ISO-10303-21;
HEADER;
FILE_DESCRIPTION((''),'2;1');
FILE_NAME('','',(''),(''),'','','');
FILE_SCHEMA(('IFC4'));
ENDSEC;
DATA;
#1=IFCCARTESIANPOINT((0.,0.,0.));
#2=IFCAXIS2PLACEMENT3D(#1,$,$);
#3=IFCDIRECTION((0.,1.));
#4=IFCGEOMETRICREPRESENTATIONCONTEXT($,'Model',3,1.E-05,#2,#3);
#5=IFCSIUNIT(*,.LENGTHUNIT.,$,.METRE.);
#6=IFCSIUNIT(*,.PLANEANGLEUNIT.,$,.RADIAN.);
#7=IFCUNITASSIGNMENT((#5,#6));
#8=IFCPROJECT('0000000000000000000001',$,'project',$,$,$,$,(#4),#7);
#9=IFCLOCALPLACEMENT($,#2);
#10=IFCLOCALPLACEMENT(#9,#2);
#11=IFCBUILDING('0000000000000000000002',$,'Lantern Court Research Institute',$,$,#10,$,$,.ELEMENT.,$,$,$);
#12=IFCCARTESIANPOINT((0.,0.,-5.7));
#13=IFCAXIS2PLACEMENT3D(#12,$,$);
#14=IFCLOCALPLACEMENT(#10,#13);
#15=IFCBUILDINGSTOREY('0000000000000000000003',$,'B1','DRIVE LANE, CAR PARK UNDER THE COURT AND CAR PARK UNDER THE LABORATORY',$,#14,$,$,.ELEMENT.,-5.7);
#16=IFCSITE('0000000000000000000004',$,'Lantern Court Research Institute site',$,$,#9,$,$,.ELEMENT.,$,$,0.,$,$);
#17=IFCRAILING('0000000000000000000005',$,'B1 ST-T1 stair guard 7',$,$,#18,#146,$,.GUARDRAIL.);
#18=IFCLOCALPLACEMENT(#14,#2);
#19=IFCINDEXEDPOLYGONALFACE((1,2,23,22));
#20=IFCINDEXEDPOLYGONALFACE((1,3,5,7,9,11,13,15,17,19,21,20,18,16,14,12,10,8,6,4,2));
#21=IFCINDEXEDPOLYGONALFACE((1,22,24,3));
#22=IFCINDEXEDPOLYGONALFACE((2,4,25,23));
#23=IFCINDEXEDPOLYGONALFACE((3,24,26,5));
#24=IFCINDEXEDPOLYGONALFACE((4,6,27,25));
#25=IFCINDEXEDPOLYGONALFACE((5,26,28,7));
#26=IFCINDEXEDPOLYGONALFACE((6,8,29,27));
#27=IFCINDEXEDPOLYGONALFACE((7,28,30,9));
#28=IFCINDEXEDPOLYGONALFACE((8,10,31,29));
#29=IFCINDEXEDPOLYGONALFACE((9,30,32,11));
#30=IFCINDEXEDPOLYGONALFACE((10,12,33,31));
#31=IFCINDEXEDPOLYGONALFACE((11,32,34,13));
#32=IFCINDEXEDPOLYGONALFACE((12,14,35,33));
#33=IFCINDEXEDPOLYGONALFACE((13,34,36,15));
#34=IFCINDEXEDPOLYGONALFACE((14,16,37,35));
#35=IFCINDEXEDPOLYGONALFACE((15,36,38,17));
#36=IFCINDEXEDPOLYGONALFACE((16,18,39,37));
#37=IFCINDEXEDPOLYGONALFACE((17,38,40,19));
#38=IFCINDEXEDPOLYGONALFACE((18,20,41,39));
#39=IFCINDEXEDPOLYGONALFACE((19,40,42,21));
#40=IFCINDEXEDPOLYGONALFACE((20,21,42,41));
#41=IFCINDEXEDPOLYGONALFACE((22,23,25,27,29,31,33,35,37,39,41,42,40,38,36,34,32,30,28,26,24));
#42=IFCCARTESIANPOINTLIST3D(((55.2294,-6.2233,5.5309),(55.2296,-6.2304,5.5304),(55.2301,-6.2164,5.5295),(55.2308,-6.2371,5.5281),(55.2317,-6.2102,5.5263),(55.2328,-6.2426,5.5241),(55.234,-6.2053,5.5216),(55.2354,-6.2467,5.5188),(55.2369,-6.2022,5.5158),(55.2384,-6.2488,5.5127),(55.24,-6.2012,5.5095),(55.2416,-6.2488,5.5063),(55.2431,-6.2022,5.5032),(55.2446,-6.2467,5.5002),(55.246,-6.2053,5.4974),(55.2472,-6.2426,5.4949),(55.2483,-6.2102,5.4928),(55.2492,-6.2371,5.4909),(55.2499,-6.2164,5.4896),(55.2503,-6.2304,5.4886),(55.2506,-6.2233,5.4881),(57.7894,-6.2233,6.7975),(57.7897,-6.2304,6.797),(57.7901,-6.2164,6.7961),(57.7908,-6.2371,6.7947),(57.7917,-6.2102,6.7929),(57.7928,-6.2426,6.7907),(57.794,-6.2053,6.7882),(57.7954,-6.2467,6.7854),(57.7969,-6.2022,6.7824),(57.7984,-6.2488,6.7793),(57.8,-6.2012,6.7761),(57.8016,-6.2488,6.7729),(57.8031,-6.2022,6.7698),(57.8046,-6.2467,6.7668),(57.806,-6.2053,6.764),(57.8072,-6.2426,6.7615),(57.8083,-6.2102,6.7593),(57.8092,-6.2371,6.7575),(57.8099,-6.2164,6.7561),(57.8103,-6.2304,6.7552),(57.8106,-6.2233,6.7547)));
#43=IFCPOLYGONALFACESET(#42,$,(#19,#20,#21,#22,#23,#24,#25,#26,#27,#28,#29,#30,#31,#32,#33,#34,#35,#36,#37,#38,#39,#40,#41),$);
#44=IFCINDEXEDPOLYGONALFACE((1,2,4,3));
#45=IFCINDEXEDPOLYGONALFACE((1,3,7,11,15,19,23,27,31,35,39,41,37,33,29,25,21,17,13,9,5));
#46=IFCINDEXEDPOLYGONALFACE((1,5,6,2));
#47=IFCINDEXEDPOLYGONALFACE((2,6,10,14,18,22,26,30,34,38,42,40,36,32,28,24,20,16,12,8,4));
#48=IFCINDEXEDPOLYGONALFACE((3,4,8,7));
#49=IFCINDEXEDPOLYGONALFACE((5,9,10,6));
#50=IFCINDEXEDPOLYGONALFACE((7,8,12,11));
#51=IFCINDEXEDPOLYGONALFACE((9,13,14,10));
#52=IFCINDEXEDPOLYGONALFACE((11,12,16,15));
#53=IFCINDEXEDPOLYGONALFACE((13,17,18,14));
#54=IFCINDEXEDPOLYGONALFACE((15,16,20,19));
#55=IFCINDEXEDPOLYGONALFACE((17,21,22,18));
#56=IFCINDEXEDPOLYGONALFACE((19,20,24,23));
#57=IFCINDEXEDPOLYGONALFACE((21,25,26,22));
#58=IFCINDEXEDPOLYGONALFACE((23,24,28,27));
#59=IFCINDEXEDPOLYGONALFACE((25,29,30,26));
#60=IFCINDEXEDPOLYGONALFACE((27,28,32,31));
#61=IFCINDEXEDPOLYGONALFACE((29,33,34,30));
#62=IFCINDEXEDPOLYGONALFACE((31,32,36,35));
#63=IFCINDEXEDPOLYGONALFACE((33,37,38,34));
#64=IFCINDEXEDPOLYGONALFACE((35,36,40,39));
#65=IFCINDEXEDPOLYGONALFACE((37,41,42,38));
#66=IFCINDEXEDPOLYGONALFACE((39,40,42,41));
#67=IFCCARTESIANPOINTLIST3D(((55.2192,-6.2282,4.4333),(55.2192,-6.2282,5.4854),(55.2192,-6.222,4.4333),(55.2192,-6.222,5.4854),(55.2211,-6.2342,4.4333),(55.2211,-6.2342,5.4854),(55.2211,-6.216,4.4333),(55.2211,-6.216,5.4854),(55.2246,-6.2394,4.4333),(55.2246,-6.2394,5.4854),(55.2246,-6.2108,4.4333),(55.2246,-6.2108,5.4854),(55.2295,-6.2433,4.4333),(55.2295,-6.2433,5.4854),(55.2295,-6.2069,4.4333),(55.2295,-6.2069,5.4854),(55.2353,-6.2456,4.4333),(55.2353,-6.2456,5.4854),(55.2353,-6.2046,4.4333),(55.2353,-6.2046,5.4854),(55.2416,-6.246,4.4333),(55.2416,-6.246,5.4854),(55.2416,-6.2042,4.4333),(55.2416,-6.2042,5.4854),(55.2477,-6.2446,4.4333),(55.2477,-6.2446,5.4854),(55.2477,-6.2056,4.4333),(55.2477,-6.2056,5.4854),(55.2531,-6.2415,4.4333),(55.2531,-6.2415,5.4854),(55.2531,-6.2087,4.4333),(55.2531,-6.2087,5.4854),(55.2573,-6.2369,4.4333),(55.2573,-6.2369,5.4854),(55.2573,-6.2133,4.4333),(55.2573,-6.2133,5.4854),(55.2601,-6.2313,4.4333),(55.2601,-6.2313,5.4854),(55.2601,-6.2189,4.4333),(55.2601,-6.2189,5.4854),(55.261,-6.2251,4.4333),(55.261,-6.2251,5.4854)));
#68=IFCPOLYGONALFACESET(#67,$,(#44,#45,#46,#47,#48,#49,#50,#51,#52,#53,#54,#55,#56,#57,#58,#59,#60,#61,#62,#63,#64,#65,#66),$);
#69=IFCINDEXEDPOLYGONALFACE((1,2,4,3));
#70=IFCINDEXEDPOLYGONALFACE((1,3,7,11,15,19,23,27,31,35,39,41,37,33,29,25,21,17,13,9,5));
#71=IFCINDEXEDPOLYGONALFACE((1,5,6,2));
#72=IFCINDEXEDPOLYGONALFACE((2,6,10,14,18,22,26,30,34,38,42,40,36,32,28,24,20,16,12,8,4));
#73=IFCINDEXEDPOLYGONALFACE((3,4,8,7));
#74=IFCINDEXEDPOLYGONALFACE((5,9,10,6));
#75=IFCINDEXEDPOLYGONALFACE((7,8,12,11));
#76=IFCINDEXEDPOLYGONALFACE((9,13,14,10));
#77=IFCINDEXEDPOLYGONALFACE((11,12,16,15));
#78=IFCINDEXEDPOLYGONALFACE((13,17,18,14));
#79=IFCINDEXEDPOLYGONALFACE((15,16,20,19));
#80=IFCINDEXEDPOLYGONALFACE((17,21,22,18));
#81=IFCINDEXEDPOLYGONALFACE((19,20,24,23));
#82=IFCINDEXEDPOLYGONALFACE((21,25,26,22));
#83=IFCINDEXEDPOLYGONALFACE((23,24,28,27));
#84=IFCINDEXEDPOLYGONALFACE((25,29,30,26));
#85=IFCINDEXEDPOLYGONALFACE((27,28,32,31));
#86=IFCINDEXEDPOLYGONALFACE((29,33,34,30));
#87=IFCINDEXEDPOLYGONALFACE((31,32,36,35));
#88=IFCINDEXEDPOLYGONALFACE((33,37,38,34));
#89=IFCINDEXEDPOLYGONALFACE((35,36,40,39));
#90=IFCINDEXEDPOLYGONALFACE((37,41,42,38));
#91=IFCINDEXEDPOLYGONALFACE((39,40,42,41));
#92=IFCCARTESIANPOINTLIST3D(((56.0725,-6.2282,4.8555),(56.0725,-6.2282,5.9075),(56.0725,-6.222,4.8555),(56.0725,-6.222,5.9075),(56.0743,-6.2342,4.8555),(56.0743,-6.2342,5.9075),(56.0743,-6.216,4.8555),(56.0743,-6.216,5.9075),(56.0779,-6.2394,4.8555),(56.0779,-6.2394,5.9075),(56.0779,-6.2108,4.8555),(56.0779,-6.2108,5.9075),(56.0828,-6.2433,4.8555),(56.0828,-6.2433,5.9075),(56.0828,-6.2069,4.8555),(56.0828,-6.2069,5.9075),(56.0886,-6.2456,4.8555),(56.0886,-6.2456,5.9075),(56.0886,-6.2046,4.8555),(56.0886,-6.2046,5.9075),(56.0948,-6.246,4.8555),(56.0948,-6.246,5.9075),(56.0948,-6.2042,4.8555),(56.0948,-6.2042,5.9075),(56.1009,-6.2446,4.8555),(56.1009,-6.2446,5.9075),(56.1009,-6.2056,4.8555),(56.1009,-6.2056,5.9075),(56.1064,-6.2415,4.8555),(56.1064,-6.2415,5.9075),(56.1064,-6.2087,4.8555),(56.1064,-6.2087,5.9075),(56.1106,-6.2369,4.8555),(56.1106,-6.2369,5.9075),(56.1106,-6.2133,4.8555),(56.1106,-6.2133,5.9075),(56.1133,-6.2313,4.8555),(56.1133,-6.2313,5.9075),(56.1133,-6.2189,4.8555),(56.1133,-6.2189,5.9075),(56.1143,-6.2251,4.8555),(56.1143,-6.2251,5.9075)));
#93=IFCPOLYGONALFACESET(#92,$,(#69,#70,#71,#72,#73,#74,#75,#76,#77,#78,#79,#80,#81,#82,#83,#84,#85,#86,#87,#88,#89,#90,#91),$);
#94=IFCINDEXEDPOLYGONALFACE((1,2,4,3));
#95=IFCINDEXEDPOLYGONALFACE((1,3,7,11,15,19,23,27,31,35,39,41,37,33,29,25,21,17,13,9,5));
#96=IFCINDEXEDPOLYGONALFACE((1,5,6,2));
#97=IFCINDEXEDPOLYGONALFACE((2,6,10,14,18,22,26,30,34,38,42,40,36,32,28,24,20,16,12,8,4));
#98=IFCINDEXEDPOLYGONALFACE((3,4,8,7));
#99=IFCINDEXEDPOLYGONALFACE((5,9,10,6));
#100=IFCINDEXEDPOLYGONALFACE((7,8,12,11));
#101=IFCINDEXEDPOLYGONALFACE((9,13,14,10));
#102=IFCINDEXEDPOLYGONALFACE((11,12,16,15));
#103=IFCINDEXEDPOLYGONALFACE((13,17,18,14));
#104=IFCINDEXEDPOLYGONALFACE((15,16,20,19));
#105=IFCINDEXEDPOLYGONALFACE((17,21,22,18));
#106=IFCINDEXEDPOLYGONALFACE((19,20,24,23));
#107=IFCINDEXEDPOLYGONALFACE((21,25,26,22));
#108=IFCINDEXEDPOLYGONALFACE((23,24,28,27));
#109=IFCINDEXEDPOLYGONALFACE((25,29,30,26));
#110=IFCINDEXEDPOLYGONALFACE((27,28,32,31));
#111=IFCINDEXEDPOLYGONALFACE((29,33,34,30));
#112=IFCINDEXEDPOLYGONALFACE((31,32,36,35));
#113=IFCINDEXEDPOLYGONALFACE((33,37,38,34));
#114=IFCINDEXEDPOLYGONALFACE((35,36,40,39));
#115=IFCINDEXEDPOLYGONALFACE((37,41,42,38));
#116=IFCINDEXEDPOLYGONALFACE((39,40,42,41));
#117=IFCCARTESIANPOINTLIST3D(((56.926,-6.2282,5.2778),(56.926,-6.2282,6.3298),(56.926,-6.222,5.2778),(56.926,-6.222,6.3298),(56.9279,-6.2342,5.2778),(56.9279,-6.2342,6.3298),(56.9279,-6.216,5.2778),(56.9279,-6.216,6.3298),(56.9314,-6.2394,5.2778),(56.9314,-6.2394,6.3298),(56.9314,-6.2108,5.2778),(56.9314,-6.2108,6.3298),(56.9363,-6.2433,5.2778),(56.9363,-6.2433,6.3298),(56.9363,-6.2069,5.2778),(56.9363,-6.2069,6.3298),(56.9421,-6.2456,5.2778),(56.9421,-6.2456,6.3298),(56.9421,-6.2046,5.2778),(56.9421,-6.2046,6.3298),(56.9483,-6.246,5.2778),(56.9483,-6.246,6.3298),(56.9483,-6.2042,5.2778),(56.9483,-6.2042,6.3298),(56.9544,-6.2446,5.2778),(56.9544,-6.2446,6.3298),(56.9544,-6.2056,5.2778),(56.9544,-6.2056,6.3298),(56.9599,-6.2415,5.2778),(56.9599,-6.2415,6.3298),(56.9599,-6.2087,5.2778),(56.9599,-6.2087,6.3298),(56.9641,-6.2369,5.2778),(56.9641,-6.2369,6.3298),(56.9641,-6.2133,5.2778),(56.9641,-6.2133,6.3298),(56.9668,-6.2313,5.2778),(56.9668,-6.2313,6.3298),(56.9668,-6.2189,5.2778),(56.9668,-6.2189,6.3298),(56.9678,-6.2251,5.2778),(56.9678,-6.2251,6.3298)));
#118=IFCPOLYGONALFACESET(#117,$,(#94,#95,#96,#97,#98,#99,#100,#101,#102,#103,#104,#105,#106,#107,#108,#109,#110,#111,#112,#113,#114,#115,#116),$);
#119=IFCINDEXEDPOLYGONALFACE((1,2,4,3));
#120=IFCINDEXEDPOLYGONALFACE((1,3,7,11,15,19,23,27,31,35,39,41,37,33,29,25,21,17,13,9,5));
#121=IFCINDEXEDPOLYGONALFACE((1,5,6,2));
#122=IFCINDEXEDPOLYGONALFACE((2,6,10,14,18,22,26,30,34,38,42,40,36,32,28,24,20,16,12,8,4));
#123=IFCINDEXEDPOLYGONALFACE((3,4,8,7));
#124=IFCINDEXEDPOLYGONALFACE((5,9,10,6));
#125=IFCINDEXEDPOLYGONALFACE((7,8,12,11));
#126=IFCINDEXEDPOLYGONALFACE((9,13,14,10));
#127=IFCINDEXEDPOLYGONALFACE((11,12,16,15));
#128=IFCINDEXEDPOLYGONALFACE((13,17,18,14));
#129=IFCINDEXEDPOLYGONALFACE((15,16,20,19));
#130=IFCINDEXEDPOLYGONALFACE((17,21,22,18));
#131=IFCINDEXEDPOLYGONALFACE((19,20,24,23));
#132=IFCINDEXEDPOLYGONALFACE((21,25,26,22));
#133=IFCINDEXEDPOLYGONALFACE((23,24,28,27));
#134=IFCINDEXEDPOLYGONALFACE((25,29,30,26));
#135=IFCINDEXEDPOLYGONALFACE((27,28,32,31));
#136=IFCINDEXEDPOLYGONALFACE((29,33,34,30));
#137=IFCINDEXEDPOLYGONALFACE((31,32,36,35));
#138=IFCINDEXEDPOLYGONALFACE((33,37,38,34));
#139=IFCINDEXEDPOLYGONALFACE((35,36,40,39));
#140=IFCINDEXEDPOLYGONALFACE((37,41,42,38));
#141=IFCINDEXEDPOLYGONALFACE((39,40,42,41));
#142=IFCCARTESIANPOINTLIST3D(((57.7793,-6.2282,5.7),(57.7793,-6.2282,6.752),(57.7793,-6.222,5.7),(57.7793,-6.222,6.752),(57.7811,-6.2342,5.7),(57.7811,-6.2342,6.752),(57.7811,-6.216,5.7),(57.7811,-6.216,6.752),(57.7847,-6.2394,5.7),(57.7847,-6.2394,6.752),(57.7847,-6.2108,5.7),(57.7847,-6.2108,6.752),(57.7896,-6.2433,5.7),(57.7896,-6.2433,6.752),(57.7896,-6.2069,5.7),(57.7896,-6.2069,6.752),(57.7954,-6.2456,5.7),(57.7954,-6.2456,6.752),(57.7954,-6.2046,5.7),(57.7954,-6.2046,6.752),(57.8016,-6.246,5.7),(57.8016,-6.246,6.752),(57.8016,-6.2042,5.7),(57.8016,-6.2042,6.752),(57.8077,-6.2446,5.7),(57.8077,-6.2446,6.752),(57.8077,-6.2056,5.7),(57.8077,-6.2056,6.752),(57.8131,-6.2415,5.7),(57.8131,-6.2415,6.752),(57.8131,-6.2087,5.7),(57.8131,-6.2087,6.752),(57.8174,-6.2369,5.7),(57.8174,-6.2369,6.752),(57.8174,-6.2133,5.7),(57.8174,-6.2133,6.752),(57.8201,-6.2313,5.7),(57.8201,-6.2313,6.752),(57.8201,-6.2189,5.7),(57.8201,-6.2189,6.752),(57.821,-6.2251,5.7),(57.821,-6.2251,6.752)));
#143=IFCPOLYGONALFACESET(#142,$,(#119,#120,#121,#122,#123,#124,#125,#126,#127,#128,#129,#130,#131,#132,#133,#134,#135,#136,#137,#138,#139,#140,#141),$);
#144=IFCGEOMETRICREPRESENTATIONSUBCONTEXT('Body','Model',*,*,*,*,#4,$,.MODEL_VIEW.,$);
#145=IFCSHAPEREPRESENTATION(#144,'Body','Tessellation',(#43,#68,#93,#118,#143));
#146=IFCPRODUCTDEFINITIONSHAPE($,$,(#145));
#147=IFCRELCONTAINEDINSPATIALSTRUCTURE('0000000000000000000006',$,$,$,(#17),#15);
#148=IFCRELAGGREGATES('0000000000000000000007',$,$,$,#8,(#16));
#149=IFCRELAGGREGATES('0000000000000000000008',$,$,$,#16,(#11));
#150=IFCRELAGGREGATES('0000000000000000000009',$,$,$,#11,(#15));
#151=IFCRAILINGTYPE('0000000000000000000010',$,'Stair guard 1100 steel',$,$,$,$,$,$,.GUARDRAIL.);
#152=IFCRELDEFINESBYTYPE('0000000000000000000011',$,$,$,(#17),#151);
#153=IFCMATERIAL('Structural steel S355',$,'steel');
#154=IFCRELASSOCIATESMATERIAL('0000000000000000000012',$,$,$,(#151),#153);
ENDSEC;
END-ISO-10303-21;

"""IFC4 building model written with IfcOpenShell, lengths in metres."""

from ifc_helpers import new_model, si_unit, direction, frame, origin, origin_2d, place, context, subcontext, project, spatial, circle, extrude, material, type_object, element, save


model = new_model("IFC4")

# Units and contexts
model_context = context("Model", 3, precision=1e-05, world=origin(), true_north=direction((0.0, 1.0)))
body_context = subcontext(model_context, "Body", "Model", "MODEL_VIEW")
ifc_project = project(units=[si_unit("LENGTHUNIT", "METRE"), si_unit("PLANEANGLEUNIT", "RADIAN")], contexts=[model_context])

# Site, building, storey
site_placement = place(None, origin())
site = spatial("IfcSite", under=ifc_project, at=site_placement, Name="Lantern Court Research Institute site", CompositionType="ELEMENT", RefElevation=0.0)
building_placement = place(site_placement, origin())
building = spatial("IfcBuilding", under=site, at=building_placement, Name="Lantern Court Research Institute", CompositionType="ELEMENT")
storey_placement = place(building_placement, frame((0.0, 0.0, -5.7)))
storey = spatial("IfcBuildingStorey", under=building, at=storey_placement, Name="B1", Description="DRIVE LANE, CAR PARK UNDER THE COURT AND CAR PARK UNDER THE LABORATORY", CompositionType="ELEMENT", Elevation=-5.7)

# Railing
ifc_material_1 = material(Name="Structural steel S355", Category="steel")
railing_type_1 = type_object("IfcRailingType", Name="Stair guard 1100 steel", PredefinedType="GUARDRAIL", material=ifc_material_1)
railing_1_placement = place(storey_placement, frame((55.24, -6.2251, 4.4333)))
element("IfcRailing", 1, at=railing_1_placement, inside=storey, type_object=railing_type_1, Name="B1 ST-T1 stair guard 7", PredefinedType="GUARDRAIL", context=body_context, shape_type="SweptSolid", body=[
    extrude(circle(Radius=0.0239, at=origin_2d()), frame((0.0, 0.0, 1.0762), z_axis=(0.8963, 0.0, 0.443449), x_axis=(0.0, 1.0, 0.0)), (0.0, 0.0, 1.0), 2.8562),
    extrude(circle(Radius=0.021, at=origin_2d()), origin(), (0.0, 0.0, 1.0), 1.052),
    extrude(circle(Radius=0.021, at=origin_2d()), frame((0.8533, 0.0, 0.4221)), (0.0, 0.0, 1.0), 1.052),
    extrude(circle(Radius=0.021, at=origin_2d()), frame((1.7068, 0.0, 0.8445)), (0.0, 0.0, 1.0), 1.052),
    extrude(circle(Radius=0.021, at=origin_2d()), frame((2.5601, 0.0, 1.2666)), (0.0, 0.0, 1.0), 1.052),
])

save(model, "model.ifc")
